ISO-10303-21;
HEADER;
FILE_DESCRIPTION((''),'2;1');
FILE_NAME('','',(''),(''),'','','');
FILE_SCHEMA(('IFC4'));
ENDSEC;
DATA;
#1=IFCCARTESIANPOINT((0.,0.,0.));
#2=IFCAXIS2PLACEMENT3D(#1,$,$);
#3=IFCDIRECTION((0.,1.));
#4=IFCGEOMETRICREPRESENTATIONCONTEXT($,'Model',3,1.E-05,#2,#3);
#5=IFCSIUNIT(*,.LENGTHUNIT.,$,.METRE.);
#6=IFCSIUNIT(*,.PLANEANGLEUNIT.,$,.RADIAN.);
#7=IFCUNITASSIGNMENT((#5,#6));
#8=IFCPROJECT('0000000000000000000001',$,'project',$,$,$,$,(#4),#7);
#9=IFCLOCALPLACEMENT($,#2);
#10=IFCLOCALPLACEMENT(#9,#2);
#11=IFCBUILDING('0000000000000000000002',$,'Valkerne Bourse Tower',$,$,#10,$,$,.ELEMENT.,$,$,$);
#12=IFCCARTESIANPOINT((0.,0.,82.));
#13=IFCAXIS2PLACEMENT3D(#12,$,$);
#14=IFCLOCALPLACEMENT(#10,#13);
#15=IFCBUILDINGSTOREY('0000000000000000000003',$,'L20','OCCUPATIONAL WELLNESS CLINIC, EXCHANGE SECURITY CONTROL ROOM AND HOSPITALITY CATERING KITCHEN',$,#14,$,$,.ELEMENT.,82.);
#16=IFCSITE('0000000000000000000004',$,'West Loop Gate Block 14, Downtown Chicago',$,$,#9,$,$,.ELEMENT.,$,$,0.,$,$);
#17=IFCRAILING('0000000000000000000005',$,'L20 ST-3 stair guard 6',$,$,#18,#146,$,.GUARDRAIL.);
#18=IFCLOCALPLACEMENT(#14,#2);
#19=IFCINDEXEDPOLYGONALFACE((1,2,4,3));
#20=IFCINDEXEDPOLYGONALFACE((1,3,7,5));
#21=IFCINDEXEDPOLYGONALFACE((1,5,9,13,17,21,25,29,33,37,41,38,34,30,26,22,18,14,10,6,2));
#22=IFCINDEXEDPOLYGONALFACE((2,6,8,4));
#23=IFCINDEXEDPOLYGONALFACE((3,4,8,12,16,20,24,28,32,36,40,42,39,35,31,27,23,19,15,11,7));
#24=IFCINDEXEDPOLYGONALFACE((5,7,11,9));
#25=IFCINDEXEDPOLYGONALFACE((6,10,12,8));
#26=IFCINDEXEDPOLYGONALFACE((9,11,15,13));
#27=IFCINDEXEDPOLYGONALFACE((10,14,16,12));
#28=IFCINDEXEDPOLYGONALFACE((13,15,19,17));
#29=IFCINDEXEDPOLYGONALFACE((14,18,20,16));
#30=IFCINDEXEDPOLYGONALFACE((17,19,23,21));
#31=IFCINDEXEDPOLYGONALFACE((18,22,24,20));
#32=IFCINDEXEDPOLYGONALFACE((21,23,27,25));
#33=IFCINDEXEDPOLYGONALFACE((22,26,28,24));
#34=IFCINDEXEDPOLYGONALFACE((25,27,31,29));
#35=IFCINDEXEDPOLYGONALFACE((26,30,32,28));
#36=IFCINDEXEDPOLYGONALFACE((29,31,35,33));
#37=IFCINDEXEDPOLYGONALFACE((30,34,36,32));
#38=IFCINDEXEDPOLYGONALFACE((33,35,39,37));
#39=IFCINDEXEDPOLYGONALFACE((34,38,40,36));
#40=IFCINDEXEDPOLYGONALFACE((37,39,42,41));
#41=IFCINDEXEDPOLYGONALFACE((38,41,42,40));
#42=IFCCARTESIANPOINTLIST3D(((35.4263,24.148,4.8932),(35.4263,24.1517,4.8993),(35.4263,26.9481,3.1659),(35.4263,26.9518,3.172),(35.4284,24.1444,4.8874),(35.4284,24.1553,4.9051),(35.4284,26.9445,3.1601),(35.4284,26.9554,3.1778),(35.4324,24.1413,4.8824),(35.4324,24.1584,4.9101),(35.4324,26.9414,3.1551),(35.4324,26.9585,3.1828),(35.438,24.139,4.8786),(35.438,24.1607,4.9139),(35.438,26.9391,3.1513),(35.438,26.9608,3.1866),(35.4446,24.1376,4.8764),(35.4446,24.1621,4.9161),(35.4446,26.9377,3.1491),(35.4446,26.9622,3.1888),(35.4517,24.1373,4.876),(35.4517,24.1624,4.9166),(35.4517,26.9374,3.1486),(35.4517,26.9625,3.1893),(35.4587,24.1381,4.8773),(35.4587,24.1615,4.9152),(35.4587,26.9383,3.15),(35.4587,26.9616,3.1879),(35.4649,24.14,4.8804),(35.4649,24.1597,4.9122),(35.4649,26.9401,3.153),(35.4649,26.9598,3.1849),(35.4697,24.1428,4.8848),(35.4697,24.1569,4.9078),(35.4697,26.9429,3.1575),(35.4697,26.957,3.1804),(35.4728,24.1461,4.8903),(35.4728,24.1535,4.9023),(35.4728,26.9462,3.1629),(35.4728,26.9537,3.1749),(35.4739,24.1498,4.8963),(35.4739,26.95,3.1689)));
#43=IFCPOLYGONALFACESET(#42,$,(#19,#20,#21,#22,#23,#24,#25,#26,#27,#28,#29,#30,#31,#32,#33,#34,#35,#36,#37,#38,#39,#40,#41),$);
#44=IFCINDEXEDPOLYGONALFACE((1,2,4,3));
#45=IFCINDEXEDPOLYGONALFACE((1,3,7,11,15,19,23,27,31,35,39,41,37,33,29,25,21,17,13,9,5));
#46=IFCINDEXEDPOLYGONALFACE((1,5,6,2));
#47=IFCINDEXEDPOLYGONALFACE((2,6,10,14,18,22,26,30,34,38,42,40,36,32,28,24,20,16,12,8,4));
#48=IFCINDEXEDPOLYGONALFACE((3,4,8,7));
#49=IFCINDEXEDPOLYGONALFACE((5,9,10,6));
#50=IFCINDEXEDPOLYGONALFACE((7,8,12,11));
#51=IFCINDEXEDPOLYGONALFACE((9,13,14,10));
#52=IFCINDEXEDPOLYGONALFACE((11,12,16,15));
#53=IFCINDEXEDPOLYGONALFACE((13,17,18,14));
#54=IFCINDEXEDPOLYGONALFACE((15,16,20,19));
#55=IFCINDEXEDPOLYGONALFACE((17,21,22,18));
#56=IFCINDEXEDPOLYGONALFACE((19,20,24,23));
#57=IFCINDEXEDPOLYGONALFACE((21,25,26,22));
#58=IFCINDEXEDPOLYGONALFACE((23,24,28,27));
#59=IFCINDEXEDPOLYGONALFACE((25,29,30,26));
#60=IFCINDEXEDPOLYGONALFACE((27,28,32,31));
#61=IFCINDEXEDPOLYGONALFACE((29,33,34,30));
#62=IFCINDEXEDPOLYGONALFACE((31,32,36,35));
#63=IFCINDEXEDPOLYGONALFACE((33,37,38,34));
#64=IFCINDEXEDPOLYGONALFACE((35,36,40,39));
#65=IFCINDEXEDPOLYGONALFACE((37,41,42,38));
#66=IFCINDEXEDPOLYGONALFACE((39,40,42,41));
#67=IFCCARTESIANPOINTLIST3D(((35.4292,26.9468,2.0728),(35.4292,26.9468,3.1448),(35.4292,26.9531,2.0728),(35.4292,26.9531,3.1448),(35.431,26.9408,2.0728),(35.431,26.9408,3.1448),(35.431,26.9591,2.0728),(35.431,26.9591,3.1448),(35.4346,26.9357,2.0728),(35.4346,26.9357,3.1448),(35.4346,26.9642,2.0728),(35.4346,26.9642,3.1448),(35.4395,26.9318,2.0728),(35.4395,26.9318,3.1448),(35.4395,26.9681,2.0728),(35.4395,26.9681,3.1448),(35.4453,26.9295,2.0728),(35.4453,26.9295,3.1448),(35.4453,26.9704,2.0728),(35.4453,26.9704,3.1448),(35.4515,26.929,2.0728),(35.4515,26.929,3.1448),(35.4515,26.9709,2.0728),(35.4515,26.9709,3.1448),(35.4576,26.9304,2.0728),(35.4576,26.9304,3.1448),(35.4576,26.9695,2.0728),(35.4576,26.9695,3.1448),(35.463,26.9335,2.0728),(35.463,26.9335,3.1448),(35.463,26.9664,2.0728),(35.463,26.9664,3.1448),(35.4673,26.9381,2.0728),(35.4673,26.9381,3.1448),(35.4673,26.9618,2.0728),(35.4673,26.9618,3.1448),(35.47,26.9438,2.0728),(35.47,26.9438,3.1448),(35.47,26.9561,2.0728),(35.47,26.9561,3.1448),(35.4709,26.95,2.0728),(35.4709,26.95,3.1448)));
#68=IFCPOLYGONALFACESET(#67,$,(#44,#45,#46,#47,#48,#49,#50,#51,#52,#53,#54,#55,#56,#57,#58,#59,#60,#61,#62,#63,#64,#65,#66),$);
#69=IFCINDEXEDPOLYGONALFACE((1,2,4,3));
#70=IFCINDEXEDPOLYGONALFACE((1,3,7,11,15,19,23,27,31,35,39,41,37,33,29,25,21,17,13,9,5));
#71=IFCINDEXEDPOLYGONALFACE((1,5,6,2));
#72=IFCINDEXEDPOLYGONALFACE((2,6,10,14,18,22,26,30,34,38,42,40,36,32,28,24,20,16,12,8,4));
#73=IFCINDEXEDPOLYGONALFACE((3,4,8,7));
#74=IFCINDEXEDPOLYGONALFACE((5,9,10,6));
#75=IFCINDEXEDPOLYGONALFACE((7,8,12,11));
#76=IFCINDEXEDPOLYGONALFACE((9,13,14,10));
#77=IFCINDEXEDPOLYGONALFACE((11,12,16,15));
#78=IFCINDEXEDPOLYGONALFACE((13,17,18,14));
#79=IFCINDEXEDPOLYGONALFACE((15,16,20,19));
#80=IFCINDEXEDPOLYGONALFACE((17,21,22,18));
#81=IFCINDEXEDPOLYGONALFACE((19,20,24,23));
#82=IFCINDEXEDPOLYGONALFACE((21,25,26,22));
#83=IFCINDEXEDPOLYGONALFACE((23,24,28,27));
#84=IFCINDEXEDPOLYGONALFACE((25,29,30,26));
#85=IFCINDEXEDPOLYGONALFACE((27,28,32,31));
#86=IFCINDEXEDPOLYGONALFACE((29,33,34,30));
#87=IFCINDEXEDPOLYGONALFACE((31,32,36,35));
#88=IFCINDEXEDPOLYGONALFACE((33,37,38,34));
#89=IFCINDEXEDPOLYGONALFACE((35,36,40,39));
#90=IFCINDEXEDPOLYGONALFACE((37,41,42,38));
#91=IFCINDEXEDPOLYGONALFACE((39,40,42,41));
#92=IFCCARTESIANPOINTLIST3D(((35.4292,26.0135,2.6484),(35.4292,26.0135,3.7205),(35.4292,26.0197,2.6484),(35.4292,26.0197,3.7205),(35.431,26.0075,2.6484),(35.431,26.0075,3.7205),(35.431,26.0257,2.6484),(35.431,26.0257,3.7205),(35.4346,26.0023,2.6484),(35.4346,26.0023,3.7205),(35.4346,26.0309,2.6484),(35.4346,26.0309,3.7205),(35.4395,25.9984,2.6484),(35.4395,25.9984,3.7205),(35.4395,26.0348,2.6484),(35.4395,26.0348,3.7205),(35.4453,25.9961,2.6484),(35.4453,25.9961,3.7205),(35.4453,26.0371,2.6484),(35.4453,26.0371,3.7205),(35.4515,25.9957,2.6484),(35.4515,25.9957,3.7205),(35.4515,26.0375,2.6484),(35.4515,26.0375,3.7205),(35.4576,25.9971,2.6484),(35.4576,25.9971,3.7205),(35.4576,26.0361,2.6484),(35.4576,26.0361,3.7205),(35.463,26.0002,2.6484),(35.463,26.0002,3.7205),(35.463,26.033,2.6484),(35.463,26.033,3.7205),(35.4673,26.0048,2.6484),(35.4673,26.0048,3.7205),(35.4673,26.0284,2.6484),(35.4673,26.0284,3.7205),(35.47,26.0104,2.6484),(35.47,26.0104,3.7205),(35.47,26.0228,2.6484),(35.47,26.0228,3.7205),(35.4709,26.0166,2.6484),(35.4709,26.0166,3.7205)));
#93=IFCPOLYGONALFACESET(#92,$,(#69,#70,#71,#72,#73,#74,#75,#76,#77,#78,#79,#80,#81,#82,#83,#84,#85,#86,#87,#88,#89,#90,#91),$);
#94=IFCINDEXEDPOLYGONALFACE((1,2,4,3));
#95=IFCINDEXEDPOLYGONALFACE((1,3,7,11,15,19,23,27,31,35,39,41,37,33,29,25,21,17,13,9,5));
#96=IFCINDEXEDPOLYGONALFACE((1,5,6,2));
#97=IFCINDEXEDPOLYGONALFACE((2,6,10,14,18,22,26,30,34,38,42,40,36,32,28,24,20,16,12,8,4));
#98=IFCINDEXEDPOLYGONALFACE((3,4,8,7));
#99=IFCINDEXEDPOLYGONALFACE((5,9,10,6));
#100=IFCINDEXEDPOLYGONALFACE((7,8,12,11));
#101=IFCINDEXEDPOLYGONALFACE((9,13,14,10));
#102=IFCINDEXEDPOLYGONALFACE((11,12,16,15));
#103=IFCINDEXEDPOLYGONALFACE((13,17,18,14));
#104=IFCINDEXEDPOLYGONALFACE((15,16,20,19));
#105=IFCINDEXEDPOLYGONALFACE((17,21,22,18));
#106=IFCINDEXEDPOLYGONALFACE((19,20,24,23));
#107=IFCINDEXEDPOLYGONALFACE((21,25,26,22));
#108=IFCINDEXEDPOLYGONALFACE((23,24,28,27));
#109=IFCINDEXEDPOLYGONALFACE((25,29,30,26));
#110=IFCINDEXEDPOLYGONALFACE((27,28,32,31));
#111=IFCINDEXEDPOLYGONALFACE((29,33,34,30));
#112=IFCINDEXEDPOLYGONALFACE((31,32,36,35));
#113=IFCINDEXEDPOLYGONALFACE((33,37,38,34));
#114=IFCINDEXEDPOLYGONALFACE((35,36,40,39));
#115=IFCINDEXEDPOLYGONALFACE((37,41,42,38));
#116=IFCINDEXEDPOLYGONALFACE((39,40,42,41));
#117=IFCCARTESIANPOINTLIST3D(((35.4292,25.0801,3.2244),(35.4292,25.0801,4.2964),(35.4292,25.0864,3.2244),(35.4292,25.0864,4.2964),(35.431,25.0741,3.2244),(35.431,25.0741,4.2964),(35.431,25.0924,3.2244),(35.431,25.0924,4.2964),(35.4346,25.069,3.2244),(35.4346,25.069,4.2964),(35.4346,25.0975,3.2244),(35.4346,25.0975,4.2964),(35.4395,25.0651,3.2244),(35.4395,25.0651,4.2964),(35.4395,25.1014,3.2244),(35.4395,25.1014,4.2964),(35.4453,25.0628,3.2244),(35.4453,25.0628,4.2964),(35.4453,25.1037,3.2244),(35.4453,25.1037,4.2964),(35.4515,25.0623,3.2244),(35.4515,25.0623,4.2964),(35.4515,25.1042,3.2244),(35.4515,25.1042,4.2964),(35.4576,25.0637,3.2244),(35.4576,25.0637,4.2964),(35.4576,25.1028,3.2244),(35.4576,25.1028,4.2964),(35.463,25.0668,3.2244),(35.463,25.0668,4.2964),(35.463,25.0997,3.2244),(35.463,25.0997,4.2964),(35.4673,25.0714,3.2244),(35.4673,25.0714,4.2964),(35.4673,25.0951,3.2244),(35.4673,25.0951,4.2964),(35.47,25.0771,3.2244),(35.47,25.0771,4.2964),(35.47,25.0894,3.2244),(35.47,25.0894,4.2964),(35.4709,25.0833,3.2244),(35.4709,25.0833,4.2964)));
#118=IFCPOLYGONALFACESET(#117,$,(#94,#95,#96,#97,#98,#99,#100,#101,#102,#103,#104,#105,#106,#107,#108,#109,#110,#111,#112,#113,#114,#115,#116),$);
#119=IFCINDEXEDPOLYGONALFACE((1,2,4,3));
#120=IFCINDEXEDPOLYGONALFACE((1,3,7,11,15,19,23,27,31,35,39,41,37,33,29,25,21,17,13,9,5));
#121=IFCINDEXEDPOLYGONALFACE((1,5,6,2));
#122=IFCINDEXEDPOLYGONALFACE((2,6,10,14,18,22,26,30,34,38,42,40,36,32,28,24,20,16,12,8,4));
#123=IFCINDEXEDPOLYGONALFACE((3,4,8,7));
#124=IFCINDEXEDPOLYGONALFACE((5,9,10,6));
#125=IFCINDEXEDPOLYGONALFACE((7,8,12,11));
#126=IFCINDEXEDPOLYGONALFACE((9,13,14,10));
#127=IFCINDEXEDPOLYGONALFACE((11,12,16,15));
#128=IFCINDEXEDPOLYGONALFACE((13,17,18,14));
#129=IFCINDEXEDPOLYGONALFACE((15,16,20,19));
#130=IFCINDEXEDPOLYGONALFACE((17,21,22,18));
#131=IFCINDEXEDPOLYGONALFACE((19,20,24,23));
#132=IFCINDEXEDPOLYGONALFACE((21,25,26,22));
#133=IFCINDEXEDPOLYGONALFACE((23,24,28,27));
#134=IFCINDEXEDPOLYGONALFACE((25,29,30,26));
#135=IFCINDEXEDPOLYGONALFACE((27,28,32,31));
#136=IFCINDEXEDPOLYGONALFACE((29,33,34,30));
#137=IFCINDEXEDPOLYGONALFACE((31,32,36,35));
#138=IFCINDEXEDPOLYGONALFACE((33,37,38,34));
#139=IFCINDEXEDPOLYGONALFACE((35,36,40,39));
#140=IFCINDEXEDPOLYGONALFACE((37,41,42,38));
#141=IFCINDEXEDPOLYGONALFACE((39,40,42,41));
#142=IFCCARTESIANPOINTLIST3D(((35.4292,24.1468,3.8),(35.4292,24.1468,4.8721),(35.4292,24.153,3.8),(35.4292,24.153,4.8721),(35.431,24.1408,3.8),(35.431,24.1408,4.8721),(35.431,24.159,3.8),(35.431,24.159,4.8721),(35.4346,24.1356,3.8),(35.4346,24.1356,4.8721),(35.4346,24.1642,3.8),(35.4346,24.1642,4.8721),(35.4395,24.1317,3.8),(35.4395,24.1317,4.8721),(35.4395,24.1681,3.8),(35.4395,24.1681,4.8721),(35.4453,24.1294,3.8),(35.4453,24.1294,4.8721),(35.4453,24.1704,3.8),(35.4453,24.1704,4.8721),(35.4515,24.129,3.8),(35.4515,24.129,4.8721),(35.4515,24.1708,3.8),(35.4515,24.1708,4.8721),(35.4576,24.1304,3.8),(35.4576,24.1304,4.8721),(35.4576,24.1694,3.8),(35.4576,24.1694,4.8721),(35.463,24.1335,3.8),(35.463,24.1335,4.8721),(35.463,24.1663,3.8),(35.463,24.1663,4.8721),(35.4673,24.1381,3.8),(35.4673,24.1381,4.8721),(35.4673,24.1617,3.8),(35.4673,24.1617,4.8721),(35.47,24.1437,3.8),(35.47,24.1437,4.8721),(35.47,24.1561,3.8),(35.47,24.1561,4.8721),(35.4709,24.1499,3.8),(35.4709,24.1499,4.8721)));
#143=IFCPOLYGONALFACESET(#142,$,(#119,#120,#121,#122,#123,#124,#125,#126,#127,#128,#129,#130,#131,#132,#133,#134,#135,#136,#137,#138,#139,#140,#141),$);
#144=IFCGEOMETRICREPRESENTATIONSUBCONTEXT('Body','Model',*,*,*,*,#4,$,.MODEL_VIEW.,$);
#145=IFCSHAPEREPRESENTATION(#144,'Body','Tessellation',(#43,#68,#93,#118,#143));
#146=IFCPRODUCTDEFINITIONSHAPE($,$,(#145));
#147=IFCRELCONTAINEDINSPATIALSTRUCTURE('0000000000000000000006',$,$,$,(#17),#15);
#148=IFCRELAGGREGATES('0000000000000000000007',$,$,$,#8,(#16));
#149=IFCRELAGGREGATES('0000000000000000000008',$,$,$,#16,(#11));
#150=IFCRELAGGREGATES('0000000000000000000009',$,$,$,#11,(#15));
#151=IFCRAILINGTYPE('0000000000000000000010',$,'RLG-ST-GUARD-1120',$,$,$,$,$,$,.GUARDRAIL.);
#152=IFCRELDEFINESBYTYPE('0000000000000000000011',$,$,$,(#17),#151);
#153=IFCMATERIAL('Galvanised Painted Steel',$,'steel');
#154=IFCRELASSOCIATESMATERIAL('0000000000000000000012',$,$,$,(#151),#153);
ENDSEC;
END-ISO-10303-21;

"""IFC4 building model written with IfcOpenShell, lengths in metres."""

from ifc_helpers import new_model, si_unit, direction, frame, origin, origin_2d, place, context, subcontext, project, spatial, circle, extrude, material, type_object, element, save


model = new_model("IFC4")

# Units and contexts
model_context = context("Model", 3, precision=1e-05, world=origin(), true_north=direction((0.0, 1.0)))
body_context = subcontext(model_context, "Body", "Model", "MODEL_VIEW")
ifc_project = project(units=[si_unit("LENGTHUNIT", "METRE"), si_unit("PLANEANGLEUNIT", "RADIAN")], contexts=[model_context])

# Site, building, storey
site_placement = place(None, origin())
site = spatial("IfcSite", under=ifc_project, at=site_placement, Name="West Loop Gate Block 14, Downtown Chicago", CompositionType="ELEMENT", RefElevation=0.0)
building_placement = place(site_placement, origin())
building = spatial("IfcBuilding", under=site, at=building_placement, Name="Valkerne Bourse Tower", CompositionType="ELEMENT")
storey_placement = place(building_placement, frame((0.0, 0.0, 82.0)))
storey = spatial("IfcBuildingStorey", under=building, at=storey_placement, Name="L20", Description="OCCUPATIONAL WELLNESS CLINIC, EXCHANGE SECURITY CONTROL ROOM AND HOSPITALITY CATERING KITCHEN", CompositionType="ELEMENT", Elevation=82.0)

# Railing
ifc_material_1 = material(Name="Galvanised Painted Steel", Category="steel")
railing_type_1 = type_object("IfcRailingType", Name="RLG-ST-GUARD-1120", PredefinedType="GUARDRAIL", material=ifc_material_1)
railing_1_placement = place(storey_placement, frame((35.45, 26.95, 2.0728)))
element("IfcRailing", 1, at=railing_1_placement, inside=storey, type_object=railing_type_1, Name="L20 ST-3 stair guard 6", PredefinedType="GUARDRAIL", context=body_context, shape_type="SweptSolid", body=[
    extrude(circle(Radius=0.0239, at=origin_2d()), frame((0.0, 0.0, 1.0962), z_axis=(0.0, -0.85109, 0.52502), x_axis=(1.0, 0.0, 0.0)), (0.0, 0.0, 1.0), 3.29),
    extrude(circle(Radius=0.021, at=origin_2d()), origin(), (0.0, 0.0, 1.0), 1.072),
    extrude(circle(Radius=0.021, at=origin_2d()), frame((0.0, -0.9333, 0.5757)), (0.0, 0.0, 1.0), 1.072),
    extrude(circle(Radius=0.021, at=origin_2d()), frame((0.0, -1.8667, 1.1516)), (0.0, 0.0, 1.0), 1.072),
    extrude(circle(Radius=0.021, at=origin_2d()), frame((0.0, -2.8, 1.7273)), (0.0, 0.0, 1.0), 1.072),
])

save(model, "model.ifc")
